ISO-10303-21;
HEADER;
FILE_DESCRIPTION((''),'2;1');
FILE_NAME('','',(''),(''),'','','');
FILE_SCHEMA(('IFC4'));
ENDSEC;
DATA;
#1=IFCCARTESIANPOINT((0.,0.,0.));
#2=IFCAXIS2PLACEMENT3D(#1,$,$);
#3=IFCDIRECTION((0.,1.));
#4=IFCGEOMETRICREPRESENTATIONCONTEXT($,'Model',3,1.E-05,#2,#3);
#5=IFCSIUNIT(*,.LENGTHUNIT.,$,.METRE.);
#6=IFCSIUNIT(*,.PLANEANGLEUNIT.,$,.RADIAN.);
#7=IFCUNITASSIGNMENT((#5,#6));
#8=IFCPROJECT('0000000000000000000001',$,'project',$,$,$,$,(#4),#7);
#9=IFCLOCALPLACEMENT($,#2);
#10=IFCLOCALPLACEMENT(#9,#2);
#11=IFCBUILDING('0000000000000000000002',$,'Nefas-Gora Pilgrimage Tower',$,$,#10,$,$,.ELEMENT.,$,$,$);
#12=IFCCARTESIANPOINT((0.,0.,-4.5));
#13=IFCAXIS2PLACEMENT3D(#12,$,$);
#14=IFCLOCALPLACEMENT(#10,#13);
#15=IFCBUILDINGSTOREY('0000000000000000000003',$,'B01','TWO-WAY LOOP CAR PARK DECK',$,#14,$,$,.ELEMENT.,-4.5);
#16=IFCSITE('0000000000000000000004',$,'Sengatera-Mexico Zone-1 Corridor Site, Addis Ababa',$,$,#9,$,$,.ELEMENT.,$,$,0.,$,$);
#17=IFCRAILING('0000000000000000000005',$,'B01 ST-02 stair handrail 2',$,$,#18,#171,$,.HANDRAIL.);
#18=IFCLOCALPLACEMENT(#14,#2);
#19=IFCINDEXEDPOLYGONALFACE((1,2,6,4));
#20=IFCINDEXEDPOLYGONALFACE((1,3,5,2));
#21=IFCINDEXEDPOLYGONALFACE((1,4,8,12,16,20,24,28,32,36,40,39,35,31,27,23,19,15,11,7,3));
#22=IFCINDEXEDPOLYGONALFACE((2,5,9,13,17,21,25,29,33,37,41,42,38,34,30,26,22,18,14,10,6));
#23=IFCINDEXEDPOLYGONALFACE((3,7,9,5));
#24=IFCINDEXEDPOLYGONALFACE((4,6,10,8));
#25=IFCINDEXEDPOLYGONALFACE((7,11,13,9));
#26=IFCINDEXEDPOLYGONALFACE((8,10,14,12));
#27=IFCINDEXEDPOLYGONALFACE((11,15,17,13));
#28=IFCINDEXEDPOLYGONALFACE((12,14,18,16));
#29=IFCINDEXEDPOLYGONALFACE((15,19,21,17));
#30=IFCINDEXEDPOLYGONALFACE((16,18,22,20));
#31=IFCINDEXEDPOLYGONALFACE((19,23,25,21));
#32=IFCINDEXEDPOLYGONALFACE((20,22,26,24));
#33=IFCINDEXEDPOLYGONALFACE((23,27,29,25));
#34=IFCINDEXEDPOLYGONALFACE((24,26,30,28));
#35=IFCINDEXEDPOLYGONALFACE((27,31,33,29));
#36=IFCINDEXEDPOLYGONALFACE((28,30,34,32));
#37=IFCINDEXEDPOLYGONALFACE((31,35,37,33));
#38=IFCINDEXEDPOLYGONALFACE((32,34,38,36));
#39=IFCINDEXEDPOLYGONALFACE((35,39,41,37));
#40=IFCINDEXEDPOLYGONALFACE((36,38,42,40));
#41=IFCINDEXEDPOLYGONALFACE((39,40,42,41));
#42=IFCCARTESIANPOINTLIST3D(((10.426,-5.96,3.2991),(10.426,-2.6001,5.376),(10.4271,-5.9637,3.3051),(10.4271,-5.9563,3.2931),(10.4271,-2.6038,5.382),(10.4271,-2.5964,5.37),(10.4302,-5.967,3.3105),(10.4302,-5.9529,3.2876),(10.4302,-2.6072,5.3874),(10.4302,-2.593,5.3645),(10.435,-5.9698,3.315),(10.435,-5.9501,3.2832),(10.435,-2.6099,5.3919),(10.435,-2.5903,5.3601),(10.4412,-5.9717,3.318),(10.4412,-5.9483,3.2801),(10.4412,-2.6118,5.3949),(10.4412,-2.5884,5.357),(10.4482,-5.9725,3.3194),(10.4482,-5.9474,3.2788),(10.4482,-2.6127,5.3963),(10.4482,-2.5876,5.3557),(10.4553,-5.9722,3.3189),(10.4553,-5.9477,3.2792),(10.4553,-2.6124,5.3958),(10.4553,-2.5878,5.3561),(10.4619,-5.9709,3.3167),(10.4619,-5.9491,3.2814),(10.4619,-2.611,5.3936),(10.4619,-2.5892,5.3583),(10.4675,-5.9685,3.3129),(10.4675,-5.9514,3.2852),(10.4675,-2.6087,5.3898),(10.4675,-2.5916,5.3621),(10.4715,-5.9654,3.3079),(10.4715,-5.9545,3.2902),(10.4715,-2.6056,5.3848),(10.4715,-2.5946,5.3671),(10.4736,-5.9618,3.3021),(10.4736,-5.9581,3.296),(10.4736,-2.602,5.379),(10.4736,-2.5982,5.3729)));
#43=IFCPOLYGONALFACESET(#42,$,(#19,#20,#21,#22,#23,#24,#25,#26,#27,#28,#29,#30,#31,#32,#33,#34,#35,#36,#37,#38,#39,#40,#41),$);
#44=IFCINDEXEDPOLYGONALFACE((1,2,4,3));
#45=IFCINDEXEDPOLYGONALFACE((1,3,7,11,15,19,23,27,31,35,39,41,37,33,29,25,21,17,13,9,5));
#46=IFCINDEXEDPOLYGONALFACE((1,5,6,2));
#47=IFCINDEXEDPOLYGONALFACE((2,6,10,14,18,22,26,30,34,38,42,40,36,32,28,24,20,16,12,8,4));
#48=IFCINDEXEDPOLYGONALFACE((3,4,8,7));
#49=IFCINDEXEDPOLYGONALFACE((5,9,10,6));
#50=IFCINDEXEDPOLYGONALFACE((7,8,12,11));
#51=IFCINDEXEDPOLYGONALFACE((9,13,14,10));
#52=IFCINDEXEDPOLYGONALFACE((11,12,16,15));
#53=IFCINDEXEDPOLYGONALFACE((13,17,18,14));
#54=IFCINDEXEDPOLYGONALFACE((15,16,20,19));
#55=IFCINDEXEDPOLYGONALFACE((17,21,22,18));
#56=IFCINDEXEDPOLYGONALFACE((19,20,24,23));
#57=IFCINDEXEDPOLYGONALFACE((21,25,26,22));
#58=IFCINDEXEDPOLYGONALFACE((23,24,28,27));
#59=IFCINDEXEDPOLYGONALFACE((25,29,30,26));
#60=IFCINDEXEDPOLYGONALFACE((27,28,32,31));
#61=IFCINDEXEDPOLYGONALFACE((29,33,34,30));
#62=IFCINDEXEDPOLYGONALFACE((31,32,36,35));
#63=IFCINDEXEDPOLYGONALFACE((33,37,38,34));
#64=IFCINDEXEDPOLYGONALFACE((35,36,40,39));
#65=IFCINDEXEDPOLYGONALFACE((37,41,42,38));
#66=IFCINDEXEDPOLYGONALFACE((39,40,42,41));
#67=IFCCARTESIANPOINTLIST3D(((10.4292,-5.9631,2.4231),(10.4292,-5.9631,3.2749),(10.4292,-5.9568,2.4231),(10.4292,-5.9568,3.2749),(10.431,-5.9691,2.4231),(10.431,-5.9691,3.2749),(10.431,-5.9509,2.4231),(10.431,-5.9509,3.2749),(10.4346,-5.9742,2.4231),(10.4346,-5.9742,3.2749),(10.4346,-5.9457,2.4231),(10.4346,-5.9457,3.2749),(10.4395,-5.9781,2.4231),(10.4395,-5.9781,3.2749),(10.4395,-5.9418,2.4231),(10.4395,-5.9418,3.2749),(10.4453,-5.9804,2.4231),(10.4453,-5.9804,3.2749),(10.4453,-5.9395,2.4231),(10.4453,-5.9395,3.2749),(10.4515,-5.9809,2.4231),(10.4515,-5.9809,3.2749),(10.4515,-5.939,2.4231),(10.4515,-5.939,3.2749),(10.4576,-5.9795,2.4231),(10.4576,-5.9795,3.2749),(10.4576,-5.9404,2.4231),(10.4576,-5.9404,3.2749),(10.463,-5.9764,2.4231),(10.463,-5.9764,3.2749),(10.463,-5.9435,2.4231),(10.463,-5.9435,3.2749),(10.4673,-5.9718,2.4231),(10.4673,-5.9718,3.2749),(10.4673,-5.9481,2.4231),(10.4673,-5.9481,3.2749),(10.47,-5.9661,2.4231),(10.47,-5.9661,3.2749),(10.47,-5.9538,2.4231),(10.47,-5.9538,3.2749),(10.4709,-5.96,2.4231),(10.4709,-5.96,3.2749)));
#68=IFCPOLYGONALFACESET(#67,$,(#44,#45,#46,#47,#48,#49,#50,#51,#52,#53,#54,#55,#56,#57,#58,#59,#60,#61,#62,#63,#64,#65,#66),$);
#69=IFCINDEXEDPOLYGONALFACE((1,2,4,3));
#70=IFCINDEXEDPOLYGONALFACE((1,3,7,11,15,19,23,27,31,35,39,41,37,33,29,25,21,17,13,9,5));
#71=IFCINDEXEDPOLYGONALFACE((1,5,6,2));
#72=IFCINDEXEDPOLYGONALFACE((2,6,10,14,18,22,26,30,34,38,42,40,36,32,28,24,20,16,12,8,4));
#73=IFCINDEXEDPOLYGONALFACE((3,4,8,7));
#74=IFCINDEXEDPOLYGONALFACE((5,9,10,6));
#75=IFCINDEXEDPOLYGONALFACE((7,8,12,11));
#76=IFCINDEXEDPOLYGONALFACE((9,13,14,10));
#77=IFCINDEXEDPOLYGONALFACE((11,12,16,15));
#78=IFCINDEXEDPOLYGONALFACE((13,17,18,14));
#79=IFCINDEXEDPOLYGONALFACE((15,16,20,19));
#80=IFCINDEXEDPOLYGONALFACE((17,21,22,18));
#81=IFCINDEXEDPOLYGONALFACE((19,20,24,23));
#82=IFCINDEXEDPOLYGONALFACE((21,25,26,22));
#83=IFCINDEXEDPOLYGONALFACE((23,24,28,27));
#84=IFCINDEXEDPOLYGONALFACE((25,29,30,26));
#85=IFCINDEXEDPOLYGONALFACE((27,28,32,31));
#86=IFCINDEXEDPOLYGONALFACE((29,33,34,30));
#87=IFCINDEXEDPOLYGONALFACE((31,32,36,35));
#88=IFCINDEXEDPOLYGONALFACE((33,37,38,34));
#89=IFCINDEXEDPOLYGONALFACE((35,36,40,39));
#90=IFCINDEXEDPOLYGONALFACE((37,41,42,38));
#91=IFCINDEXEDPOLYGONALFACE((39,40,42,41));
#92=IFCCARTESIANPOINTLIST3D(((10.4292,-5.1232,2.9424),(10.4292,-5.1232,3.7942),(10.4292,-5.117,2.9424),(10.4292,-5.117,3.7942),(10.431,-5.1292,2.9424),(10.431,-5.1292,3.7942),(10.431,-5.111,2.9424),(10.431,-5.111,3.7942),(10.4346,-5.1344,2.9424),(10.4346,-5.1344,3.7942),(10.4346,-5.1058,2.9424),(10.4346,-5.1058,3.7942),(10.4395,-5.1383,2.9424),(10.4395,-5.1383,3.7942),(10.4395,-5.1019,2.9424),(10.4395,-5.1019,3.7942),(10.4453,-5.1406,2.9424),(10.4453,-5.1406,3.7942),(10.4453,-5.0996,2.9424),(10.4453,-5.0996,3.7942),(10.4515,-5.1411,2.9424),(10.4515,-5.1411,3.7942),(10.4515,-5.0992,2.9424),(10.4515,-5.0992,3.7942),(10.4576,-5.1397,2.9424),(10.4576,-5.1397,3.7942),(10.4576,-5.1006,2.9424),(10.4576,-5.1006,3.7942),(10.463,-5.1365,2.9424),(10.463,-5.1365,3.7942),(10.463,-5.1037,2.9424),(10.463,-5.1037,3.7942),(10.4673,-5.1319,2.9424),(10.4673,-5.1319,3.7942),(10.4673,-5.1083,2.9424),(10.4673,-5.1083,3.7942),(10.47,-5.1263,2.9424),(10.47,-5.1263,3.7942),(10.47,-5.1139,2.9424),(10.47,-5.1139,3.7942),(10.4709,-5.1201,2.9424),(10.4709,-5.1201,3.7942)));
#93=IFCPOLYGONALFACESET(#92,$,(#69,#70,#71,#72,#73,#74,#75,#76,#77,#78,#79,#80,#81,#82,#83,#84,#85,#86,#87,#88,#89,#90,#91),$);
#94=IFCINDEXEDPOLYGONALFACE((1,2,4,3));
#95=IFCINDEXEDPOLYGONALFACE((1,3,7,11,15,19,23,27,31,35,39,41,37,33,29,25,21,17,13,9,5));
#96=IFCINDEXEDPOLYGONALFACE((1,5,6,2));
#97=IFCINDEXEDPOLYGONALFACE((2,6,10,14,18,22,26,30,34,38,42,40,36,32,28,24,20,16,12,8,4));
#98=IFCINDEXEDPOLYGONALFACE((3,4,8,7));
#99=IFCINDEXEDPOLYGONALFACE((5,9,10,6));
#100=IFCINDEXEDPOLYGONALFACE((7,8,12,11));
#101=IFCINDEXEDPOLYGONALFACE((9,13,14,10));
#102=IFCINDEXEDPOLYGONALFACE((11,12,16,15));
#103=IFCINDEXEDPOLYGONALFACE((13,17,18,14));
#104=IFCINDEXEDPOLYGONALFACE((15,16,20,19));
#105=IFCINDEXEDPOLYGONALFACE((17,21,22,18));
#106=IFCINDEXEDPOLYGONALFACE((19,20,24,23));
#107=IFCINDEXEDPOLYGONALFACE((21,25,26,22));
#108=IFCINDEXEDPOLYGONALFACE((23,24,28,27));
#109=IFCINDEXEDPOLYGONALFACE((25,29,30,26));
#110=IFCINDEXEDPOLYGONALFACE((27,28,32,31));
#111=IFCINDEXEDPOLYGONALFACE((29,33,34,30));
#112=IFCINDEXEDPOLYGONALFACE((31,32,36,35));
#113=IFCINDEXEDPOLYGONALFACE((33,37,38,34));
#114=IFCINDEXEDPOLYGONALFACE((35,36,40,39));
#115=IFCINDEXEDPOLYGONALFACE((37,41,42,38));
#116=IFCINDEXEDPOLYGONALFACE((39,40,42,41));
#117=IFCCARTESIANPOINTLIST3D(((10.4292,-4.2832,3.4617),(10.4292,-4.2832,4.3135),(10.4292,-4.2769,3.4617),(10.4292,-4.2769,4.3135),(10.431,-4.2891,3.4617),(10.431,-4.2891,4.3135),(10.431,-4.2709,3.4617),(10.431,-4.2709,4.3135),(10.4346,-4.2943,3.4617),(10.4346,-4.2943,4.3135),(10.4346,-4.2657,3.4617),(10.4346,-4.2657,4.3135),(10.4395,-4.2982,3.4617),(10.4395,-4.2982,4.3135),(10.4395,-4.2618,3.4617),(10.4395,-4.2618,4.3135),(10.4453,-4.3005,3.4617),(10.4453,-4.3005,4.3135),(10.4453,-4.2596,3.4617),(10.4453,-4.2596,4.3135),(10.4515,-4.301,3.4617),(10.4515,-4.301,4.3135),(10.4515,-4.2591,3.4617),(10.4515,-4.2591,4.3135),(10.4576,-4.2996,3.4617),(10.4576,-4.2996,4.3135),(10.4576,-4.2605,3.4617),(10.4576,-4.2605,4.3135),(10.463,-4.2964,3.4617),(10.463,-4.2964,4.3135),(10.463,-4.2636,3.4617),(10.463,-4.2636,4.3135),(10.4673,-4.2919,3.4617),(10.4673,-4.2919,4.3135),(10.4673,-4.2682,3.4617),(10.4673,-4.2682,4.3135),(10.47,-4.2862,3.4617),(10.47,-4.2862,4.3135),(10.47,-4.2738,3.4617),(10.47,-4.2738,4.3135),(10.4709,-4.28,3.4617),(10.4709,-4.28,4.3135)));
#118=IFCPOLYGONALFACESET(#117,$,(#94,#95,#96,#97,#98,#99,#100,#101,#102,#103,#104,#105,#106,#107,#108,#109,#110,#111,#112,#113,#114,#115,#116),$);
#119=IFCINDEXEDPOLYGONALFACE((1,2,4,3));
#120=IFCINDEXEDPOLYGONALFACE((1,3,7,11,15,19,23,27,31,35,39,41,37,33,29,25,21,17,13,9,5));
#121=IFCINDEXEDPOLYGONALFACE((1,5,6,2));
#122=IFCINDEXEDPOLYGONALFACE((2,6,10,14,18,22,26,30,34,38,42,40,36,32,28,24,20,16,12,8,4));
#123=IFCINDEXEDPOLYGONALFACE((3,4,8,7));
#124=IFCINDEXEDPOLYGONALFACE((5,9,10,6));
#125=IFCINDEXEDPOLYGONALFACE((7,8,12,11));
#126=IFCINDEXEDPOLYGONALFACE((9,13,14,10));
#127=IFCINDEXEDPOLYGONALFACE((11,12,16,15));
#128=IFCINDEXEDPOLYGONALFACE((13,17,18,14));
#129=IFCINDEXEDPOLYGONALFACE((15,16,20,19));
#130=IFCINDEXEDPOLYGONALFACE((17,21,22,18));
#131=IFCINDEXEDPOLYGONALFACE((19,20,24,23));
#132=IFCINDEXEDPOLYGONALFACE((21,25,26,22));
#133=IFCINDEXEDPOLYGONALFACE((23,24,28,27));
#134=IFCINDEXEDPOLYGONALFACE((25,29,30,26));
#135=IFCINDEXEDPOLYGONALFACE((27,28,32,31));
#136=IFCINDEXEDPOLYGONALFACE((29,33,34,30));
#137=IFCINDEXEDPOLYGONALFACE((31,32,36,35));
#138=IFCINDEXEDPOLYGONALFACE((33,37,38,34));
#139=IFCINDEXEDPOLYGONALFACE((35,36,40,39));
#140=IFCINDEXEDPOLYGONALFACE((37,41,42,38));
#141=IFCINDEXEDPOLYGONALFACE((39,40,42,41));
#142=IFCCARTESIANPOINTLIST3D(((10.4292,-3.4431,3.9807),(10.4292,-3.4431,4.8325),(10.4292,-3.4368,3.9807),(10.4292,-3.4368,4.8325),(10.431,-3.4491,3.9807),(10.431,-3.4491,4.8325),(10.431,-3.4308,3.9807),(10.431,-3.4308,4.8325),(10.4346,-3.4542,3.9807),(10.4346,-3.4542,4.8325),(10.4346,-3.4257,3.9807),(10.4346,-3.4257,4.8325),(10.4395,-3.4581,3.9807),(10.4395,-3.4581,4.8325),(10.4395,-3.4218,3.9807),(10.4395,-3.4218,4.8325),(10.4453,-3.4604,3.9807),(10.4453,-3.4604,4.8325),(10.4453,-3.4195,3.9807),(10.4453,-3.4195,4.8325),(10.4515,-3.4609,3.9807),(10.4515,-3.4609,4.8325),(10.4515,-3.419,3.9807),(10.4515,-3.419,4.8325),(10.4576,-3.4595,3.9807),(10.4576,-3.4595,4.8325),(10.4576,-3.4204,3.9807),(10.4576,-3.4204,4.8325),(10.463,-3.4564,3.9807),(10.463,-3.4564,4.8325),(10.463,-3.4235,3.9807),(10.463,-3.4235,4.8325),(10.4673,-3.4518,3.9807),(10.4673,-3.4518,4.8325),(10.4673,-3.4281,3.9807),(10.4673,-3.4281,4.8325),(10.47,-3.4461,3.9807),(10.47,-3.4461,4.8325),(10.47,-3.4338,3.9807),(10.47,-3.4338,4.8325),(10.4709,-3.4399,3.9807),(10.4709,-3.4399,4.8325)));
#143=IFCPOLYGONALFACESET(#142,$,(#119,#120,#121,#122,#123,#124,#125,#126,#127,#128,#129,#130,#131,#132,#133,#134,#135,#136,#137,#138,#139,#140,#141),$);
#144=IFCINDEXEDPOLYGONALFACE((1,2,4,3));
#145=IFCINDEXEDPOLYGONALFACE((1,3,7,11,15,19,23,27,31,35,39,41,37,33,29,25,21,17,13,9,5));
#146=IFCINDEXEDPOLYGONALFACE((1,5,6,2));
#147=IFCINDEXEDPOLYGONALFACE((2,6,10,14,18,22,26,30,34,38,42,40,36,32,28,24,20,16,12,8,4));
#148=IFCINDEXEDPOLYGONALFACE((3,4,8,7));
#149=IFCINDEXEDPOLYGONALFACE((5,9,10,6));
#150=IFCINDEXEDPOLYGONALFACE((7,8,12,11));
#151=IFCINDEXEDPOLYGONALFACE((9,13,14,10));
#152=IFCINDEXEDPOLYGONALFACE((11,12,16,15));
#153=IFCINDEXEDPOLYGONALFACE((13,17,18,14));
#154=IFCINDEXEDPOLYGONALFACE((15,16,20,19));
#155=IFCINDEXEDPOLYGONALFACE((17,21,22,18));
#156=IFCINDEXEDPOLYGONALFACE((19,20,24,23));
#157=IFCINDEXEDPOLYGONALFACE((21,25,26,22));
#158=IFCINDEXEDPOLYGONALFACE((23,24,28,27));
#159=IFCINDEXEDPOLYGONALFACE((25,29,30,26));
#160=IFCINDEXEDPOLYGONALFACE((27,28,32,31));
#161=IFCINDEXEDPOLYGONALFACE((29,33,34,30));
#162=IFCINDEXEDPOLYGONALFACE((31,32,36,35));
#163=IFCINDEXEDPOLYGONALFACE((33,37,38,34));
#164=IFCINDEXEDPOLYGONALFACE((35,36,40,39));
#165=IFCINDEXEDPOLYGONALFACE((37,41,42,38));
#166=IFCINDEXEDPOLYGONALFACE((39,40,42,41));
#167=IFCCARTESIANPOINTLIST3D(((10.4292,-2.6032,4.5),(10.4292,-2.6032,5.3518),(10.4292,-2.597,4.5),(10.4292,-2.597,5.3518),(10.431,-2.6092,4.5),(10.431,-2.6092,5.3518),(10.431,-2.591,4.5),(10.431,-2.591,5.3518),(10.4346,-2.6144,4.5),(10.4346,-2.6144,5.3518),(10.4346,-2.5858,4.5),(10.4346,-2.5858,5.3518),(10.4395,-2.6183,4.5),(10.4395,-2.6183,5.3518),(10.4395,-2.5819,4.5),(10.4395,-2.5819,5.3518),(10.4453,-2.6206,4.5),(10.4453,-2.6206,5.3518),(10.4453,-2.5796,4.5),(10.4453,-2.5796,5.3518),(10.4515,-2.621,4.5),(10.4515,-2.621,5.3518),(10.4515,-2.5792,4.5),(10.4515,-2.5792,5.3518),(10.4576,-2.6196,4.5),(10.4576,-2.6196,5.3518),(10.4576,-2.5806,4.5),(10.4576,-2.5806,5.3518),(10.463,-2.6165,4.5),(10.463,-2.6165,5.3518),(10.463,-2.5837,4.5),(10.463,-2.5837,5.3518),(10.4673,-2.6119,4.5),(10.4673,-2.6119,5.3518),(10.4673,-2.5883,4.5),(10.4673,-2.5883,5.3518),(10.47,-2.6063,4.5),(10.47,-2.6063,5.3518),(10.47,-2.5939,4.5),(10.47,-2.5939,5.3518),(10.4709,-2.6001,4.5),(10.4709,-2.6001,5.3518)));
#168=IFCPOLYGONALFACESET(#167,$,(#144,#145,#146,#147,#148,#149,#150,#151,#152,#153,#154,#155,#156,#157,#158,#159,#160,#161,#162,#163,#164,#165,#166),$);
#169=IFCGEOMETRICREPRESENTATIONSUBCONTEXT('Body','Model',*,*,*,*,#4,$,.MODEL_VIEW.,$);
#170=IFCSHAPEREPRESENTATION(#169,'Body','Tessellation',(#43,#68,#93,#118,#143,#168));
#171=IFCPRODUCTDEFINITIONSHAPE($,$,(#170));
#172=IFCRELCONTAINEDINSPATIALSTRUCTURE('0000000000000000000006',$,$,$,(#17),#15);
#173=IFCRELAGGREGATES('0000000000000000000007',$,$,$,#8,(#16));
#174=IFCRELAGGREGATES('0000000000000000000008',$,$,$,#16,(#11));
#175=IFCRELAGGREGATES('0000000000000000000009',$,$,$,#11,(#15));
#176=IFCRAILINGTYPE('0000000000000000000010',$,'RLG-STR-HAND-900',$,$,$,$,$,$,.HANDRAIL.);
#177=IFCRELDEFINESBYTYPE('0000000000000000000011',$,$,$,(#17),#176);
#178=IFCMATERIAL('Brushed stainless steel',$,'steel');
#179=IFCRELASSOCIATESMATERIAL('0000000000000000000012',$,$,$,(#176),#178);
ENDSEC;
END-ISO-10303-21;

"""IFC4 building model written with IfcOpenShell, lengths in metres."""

from ifc_helpers import new_model, si_unit, direction, frame, origin, origin_2d, place, context, subcontext, project, spatial, circle, extrude, material, type_object, element, save


model = new_model("IFC4")

# Units and contexts
model_context = context("Model", 3, precision=1e-05, world=origin(), true_north=direction((0.0, 1.0)))
body_context = subcontext(model_context, "Body", "Model", "MODEL_VIEW")
ifc_project = project(units=[si_unit("LENGTHUNIT", "METRE"), si_unit("PLANEANGLEUNIT", "RADIAN")], contexts=[model_context])

# Site, building, storey
site_placement = place(None, origin())
site = spatial("IfcSite", under=ifc_project, at=site_placement, Name="Sengatera-Mexico Zone-1 Corridor Site, Addis Ababa", CompositionType="ELEMENT", RefElevation=0.0)
building_placement = place(site_placement, origin())
building = spatial("IfcBuilding", under=site, at=building_placement, Name="Nefas-Gora Pilgrimage Tower", CompositionType="ELEMENT")
storey_placement = place(building_placement, frame((0.0, 0.0, -4.5)))
storey = spatial("IfcBuildingStorey", under=building, at=storey_placement, Name="B01", Description="TWO-WAY LOOP CAR PARK DECK", CompositionType="ELEMENT", Elevation=-4.5)

# Railing
ifc_material_1 = material(Name="Brushed stainless steel", Category="steel")
railing_type_1 = type_object("IfcRailingType", Name="RLG-STR-HAND-900", PredefinedType="HANDRAIL", material=ifc_material_1)
railing_1_placement = place(storey_placement, frame((10.45, -5.96, 2.4231)))
element("IfcRailing", 1, at=railing_1_placement, inside=storey, type_object=railing_type_1, Name="B01 ST-02 stair handrail 2", PredefinedType="HANDRAIL", context=body_context, shape_type="SweptSolid", body=[
    extrude(circle(Radius=0.0239, at=origin_2d()), frame((0.0, 0.0, 0.876), z_axis=(0.0, 0.850606, 0.525803), x_axis=(-1.0, 0.0, 0.0)), (0.0, 0.0, 1.0), 3.95),
    extrude(circle(Radius=0.021, at=origin_2d()), origin(), (0.0, 0.0, 1.0), 0.8518),
    extrude(circle(Radius=0.021, at=origin_2d()), frame((0.0, 0.8398, 0.5193)), (0.0, 0.0, 1.0), 0.8518),
    extrude(circle(Radius=0.021, at=origin_2d()), frame((0.0, 1.6799, 1.0386)), (0.0, 0.0, 1.0), 0.8518),
    extrude(circle(Radius=0.021, at=origin_2d()), frame((0.0, 2.52, 1.5576)), (0.0, 0.0, 1.0), 0.8518),
    extrude(circle(Radius=0.021, at=origin_2d()), frame((0.0, 3.3599, 2.0769)), (0.0, 0.0, 1.0), 0.8518),
])

save(model, "model.ifc")
